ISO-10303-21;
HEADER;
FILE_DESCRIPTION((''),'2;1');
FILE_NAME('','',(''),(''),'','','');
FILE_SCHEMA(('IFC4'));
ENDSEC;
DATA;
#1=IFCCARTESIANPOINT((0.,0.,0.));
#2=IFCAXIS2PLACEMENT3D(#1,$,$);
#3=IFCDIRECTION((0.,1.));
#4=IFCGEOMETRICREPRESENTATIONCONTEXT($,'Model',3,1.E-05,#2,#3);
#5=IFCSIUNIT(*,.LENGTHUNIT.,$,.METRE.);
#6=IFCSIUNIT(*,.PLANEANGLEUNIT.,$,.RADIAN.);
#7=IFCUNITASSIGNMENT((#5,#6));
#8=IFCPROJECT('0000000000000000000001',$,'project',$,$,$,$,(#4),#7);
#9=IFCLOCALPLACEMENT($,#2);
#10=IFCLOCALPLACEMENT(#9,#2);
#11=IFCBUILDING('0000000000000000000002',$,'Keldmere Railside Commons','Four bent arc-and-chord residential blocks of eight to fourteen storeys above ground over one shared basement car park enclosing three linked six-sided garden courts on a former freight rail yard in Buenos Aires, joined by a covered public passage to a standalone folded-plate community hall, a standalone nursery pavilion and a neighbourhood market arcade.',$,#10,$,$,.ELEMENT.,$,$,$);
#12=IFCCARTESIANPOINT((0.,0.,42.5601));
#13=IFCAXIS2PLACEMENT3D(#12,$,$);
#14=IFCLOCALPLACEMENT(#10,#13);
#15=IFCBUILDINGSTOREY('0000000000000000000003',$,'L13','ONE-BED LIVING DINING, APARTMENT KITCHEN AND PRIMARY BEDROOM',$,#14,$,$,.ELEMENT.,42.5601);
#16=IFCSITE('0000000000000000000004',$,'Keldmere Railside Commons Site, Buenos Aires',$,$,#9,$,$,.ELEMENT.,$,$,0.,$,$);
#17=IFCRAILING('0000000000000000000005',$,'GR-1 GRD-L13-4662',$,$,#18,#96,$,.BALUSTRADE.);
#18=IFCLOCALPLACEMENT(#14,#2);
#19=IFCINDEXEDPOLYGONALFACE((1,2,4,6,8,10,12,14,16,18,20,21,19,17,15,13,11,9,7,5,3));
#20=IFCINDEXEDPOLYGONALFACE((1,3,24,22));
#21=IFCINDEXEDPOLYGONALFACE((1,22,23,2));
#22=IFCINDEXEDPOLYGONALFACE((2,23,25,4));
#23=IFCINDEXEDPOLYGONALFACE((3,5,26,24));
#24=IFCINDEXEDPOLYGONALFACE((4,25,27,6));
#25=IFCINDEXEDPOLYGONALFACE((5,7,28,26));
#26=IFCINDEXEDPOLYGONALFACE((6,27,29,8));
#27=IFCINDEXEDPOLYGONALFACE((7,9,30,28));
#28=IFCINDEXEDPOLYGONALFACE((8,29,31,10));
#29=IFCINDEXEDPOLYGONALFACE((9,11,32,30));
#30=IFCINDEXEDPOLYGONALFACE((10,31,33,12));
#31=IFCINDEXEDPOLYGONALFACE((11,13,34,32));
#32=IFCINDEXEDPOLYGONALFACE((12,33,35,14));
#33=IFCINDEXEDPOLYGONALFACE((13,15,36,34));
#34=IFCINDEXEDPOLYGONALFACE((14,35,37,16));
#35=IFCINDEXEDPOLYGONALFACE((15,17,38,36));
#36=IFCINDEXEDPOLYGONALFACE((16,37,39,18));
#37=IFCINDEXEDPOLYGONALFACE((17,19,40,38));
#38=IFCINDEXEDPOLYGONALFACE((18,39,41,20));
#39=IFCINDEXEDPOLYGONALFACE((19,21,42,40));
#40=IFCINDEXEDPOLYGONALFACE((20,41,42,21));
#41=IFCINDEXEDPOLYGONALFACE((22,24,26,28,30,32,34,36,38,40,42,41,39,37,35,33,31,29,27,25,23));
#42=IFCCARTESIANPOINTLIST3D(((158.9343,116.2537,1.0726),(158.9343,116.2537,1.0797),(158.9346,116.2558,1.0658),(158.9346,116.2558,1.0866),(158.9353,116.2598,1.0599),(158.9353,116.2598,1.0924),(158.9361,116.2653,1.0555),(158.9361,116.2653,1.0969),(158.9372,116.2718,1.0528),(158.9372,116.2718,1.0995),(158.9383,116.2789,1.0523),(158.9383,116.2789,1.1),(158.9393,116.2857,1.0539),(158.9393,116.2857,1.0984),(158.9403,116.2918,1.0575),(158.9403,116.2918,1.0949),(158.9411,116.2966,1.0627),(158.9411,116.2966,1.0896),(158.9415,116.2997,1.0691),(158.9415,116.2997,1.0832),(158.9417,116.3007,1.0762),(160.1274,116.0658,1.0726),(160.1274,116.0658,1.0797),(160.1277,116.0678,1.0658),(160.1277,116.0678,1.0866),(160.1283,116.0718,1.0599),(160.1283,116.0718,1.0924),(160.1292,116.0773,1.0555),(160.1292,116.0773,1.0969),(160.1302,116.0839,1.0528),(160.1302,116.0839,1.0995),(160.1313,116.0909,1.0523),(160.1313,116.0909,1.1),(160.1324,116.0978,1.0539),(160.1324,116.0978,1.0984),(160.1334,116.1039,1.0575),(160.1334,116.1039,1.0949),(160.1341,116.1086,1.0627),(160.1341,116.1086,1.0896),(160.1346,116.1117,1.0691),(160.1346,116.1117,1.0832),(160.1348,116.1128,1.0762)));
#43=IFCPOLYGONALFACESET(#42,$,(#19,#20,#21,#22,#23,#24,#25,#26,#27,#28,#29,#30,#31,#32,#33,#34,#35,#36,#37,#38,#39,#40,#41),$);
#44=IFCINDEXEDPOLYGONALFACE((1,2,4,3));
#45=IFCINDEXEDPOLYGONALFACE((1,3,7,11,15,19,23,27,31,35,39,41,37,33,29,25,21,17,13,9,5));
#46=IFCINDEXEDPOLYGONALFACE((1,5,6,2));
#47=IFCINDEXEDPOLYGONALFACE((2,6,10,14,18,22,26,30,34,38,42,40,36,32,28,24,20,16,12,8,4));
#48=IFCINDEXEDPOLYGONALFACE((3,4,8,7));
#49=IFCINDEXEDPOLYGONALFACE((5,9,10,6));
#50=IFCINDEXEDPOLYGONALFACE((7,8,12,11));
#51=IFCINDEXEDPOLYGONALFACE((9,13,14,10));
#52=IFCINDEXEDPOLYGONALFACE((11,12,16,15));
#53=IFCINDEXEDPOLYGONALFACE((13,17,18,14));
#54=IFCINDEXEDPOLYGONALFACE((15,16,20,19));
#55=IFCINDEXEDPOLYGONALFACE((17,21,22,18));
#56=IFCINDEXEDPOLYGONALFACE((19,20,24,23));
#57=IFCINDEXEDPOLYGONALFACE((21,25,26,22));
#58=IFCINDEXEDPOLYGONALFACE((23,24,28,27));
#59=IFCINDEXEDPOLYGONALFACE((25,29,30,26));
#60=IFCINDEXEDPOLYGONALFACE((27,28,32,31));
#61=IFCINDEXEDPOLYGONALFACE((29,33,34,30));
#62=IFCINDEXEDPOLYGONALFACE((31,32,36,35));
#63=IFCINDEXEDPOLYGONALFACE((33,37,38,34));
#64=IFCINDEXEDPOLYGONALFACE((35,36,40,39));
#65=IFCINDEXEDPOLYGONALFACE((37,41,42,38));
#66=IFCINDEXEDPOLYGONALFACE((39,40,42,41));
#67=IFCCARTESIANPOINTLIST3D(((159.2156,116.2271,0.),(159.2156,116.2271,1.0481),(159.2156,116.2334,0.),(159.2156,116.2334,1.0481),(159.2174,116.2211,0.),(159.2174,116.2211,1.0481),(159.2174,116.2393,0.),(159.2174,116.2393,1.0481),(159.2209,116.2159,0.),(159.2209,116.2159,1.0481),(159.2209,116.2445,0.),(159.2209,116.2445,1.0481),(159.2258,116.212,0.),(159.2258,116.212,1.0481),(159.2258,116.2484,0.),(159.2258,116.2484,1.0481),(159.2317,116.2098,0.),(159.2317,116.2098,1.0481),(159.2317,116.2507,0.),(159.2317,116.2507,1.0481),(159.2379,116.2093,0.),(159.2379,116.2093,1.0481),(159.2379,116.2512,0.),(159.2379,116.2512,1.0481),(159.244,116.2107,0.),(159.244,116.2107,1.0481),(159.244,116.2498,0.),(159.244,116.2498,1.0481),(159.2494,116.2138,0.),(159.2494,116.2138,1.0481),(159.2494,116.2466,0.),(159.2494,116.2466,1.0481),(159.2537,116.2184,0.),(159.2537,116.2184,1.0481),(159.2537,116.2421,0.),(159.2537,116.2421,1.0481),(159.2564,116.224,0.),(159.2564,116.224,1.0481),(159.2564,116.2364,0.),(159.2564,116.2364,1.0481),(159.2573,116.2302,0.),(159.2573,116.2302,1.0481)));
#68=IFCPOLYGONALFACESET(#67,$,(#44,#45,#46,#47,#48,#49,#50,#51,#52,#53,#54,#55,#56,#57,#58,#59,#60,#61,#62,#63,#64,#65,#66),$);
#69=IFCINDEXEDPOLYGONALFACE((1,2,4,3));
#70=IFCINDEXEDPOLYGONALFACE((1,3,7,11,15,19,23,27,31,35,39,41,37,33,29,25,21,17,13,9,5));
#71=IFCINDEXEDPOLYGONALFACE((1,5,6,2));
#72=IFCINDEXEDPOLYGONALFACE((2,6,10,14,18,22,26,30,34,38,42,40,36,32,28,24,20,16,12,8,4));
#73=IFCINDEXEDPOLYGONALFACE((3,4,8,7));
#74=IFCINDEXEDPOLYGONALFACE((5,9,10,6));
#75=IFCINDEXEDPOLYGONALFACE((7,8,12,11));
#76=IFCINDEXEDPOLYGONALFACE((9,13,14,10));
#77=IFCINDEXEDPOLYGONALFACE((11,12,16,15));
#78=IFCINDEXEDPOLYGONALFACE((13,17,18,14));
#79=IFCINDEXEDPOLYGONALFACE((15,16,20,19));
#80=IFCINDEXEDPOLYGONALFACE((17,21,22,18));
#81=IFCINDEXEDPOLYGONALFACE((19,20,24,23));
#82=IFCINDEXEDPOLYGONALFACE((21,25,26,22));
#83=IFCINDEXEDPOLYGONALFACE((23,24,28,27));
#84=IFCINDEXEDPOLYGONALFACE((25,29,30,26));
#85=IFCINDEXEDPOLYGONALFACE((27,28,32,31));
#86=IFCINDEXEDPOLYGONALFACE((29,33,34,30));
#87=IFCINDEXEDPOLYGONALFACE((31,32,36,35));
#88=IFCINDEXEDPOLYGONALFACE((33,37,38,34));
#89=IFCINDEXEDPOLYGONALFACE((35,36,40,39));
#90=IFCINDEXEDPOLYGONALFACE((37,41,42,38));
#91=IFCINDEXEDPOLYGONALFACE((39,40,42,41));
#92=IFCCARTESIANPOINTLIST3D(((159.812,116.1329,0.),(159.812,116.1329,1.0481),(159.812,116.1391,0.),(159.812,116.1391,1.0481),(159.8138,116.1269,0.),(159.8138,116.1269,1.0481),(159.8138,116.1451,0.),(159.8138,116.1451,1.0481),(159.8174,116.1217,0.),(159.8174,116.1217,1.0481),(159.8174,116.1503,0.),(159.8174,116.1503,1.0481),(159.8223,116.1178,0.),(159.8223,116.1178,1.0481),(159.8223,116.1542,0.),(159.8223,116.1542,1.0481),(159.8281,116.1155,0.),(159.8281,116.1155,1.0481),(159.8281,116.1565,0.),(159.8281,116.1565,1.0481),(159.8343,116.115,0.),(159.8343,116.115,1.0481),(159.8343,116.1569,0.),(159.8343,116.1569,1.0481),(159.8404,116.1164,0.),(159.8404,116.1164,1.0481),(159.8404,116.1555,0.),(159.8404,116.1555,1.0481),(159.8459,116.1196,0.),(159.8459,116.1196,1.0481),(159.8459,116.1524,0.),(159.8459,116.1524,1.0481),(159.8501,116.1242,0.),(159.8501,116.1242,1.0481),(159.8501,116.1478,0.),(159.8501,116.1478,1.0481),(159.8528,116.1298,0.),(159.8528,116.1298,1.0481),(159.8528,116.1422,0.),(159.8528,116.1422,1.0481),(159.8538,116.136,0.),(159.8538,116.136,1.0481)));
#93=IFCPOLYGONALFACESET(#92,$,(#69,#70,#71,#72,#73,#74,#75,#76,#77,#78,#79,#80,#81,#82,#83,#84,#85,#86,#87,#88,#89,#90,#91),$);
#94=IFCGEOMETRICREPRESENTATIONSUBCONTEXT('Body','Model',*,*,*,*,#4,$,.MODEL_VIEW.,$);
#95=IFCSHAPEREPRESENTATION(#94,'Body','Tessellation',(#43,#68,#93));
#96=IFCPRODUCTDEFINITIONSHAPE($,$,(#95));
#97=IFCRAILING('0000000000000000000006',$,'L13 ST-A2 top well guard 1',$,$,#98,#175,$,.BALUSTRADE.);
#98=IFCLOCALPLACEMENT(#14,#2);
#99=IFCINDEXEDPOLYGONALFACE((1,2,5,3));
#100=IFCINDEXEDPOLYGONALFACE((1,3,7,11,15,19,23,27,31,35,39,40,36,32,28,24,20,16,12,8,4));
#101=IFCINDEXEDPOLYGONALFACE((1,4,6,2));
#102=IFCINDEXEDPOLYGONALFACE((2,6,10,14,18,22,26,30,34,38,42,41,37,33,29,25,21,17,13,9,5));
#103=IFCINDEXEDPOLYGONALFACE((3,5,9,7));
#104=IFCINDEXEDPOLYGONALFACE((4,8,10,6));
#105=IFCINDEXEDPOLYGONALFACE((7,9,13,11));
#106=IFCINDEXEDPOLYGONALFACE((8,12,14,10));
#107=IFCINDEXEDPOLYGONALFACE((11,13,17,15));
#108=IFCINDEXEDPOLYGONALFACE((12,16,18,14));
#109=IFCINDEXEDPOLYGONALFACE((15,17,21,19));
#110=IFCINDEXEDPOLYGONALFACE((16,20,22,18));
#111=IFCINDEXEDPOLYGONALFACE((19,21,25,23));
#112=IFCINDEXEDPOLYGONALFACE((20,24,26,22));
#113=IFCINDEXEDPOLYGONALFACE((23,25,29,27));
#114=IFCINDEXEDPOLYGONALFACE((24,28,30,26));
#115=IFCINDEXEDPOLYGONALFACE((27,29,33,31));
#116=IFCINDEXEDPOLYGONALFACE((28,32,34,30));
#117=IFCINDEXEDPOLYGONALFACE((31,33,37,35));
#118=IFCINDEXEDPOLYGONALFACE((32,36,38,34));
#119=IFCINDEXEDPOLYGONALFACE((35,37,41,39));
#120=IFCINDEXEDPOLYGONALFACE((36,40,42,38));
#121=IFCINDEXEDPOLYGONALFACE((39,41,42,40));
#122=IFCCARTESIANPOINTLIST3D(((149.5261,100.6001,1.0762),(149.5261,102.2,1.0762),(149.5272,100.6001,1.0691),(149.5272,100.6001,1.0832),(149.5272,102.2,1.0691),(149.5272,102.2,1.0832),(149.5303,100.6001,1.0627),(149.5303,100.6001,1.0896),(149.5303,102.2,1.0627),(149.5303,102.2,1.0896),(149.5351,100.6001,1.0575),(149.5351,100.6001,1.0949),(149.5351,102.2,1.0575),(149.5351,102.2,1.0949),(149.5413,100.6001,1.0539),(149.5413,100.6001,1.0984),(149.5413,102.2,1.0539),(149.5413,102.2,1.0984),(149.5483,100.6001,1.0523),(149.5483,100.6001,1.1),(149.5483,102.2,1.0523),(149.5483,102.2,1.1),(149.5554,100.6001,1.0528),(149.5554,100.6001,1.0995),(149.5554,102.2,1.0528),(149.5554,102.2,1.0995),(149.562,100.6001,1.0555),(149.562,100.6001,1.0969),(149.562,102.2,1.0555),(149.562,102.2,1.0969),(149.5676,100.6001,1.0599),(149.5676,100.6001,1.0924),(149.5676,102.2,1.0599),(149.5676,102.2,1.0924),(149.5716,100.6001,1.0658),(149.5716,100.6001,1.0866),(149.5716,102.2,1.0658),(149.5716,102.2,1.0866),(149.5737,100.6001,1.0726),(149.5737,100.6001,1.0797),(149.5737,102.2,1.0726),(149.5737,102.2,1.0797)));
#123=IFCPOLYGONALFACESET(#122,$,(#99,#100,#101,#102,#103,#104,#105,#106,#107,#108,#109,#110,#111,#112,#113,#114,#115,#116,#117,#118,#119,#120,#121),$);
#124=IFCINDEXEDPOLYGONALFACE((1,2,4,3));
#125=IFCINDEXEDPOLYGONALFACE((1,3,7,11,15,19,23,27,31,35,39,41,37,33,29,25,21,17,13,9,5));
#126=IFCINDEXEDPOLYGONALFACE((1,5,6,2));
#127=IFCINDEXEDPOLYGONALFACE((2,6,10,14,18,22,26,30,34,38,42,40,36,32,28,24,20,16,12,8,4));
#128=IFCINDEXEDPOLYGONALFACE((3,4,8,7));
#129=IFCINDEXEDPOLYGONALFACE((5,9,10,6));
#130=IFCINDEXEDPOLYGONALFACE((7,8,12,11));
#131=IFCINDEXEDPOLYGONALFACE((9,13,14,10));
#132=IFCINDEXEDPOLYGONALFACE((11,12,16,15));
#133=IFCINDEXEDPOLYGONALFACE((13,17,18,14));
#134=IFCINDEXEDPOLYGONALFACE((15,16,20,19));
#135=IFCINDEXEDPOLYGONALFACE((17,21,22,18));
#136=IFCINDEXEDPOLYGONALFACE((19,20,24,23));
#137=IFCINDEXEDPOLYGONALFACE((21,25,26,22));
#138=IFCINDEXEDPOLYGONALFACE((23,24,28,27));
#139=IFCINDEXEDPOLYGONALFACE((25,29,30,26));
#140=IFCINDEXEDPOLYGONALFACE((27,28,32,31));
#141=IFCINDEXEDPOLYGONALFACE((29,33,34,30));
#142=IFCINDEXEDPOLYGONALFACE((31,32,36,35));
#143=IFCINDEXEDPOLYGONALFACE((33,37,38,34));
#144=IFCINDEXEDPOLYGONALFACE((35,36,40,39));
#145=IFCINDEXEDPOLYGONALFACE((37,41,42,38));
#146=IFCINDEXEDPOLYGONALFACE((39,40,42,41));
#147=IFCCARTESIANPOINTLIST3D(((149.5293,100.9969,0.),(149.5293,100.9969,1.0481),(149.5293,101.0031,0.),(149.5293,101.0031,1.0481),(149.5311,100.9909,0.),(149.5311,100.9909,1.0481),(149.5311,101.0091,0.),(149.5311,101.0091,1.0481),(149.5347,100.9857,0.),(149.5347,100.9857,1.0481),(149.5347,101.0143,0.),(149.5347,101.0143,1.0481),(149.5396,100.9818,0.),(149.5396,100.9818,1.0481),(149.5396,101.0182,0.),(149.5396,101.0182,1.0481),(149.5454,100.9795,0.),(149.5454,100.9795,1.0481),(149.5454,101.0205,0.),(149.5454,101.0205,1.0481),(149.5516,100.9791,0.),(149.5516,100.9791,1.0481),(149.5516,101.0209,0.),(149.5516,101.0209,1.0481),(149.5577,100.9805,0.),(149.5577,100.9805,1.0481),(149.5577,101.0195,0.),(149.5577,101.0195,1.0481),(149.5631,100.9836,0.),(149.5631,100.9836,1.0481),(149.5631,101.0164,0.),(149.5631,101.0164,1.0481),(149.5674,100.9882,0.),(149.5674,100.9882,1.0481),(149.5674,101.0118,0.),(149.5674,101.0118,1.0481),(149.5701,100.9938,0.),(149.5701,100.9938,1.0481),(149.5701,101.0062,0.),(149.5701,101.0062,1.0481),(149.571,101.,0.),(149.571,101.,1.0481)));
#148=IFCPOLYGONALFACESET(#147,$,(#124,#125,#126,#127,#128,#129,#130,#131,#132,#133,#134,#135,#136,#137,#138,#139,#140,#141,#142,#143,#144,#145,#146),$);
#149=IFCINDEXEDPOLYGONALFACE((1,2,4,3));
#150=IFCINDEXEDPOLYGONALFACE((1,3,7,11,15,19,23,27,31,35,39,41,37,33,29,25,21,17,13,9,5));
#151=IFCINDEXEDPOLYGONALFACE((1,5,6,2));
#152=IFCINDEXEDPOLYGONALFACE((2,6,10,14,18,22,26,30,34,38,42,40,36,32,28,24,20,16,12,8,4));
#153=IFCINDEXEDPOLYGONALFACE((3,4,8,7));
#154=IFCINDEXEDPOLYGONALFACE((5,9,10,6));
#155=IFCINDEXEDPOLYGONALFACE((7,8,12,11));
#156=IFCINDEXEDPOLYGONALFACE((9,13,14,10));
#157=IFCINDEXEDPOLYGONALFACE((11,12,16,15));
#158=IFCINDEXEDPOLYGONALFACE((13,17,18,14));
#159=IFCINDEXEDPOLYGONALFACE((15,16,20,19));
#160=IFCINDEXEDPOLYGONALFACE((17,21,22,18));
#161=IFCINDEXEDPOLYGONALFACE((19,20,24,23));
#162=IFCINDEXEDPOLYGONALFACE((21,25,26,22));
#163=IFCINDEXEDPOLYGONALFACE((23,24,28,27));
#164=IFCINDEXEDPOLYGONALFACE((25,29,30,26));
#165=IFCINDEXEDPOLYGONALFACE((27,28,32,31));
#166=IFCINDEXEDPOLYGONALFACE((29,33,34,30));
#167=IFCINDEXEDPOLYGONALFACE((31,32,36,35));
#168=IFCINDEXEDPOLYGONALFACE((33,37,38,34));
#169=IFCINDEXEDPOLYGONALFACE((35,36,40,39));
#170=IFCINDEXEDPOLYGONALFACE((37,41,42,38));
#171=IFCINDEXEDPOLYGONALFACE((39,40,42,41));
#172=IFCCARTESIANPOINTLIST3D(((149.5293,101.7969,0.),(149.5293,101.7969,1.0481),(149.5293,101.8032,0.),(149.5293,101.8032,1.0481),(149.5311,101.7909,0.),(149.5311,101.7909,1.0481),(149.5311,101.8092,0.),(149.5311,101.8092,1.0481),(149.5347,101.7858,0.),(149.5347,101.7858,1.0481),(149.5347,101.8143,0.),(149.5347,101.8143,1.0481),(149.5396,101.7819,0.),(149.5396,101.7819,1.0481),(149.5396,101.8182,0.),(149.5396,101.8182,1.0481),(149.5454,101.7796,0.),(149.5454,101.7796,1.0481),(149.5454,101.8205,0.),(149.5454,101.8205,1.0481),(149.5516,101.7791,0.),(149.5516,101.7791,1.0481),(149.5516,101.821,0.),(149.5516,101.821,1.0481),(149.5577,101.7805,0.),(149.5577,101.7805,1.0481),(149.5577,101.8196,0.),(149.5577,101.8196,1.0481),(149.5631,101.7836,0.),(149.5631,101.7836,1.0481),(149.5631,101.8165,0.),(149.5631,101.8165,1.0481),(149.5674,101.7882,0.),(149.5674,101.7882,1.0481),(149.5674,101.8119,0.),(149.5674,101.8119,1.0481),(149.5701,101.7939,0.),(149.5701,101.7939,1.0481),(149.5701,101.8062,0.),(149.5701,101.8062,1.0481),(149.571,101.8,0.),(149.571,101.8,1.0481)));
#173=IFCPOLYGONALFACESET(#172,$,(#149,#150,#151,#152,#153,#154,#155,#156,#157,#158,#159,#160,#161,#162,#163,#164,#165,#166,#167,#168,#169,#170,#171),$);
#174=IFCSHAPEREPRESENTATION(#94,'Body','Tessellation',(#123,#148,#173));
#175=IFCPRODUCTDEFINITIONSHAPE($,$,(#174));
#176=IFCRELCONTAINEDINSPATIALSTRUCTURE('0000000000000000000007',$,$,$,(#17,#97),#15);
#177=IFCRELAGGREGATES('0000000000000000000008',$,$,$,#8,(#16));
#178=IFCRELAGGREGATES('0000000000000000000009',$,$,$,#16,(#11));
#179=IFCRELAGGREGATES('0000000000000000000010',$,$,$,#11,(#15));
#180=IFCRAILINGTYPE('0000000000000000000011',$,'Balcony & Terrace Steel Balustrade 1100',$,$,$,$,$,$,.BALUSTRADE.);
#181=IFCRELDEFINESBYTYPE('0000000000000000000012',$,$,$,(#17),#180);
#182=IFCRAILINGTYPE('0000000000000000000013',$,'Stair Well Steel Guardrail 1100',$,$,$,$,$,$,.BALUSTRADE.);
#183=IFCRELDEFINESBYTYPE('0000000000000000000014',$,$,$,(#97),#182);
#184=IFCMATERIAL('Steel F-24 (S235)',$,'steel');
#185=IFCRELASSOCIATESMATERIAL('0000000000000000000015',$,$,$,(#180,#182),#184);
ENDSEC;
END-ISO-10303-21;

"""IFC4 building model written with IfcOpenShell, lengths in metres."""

from ifc_helpers import new_model, si_unit, direction, frame, origin, origin_2d, place, context, subcontext, project, spatial, circle, extrude, material, type_object, element, save


model = new_model("IFC4")

# Units and contexts
model_context = context("Model", 3, precision=1e-05, world=origin(), true_north=direction((0.0, 1.0)))
body_context = subcontext(model_context, "Body", "Model", "MODEL_VIEW")
ifc_project = project(units=[si_unit("LENGTHUNIT", "METRE"), si_unit("PLANEANGLEUNIT", "RADIAN")], contexts=[model_context])

# Site, building, storey
site_placement = place(None, origin())
site = spatial("IfcSite", under=ifc_project, at=site_placement, Name="Keldmere Railside Commons Site, Buenos Aires", CompositionType="ELEMENT", RefElevation=0.0)
building_placement = place(site_placement, origin())
building = spatial("IfcBuilding", under=site, at=building_placement, Name="Keldmere Railside Commons", Description="Four bent arc-and-chord residential blocks of eight to fourteen storeys above ground over one shared basement car park enclosing three linked six-sided garden courts on a former freight rail yard in Buenos Aires, joined by a covered public passage to a standalone folded-plate community hall, a standalone nursery pavilion and a neighbourhood market arcade.", CompositionType="ELEMENT")
storey_placement = place(building_placement, frame((0.0, 0.0, 42.5601)))
storey = spatial("IfcBuildingStorey", under=building, at=storey_placement, Name="L13", Description="ONE-BED LIVING DINING, APARTMENT KITCHEN AND PRIMARY BEDROOM", CompositionType="ELEMENT", Elevation=42.5601)

# Shared definitions
ifc_material_1 = material(Name="Steel F-24 (S235)", Category="steel")

# Railings
railing_type_1 = type_object("IfcRailingType", Name="Balcony & Terrace Steel Balustrade 1100", PredefinedType="BALUSTRADE", material=ifc_material_1)
railing_1_placement = place(storey_placement, frame((158.938, 116.2771, 0.0)))
element("IfcRailing", 1, at=railing_1_placement, inside=storey, type_object=railing_type_1, Name="GR-1 GRD-L13-4662", PredefinedType="BALUSTRADE", context=body_context, shape_type="SweptSolid", body=[
    extrude(circle(Radius=0.0239, at=origin_2d()), frame((0.0, 0.0, 1.0762), z_axis=(0.987814, -0.155641, 0.0), x_axis=(0.155641, 0.987814, 0.0)), (0.0, 0.0, 1.0), 1.2078),
    extrude(circle(Radius=0.021, at=origin_2d()), frame((0.2983, -0.0469, 0.0)), (0.0, 0.0, 1.0), 1.0481),
    extrude(circle(Radius=0.021, at=origin_2d()), frame((0.8948, -0.1411, 0.0)), (0.0, 0.0, 1.0), 1.0481),
])
railing_type_2 = type_object("IfcRailingType", Name="Stair Well Steel Guardrail 1100", PredefinedType="BALUSTRADE", material=ifc_material_1)
railing_2_placement = place(storey_placement, frame((149.55, 100.6001, 0.0)))
element("IfcRailing", 2, at=railing_2_placement, inside=storey, type_object=railing_type_2, Name="L13 ST-A2 top well guard 1", PredefinedType="BALUSTRADE", context=body_context, shape_type="SweptSolid", body=[
    extrude(circle(Radius=0.0239, at=origin_2d()), frame((0.0, 0.0, 1.0762), z_axis=(0.0, 1.0, 0.0), x_axis=(-1.0, 0.0, 0.0)), (0.0, 0.0, 1.0), 1.5999),
    extrude(circle(Radius=0.021, at=origin_2d()), frame((0.0, 0.3999, 0.0)), (0.0, 0.0, 1.0), 1.0481),
    extrude(circle(Radius=0.021, at=origin_2d()), frame((0.0, 1.2, 0.0)), (0.0, 0.0, 1.0), 1.0481),
])

save(model, "model.ifc")
